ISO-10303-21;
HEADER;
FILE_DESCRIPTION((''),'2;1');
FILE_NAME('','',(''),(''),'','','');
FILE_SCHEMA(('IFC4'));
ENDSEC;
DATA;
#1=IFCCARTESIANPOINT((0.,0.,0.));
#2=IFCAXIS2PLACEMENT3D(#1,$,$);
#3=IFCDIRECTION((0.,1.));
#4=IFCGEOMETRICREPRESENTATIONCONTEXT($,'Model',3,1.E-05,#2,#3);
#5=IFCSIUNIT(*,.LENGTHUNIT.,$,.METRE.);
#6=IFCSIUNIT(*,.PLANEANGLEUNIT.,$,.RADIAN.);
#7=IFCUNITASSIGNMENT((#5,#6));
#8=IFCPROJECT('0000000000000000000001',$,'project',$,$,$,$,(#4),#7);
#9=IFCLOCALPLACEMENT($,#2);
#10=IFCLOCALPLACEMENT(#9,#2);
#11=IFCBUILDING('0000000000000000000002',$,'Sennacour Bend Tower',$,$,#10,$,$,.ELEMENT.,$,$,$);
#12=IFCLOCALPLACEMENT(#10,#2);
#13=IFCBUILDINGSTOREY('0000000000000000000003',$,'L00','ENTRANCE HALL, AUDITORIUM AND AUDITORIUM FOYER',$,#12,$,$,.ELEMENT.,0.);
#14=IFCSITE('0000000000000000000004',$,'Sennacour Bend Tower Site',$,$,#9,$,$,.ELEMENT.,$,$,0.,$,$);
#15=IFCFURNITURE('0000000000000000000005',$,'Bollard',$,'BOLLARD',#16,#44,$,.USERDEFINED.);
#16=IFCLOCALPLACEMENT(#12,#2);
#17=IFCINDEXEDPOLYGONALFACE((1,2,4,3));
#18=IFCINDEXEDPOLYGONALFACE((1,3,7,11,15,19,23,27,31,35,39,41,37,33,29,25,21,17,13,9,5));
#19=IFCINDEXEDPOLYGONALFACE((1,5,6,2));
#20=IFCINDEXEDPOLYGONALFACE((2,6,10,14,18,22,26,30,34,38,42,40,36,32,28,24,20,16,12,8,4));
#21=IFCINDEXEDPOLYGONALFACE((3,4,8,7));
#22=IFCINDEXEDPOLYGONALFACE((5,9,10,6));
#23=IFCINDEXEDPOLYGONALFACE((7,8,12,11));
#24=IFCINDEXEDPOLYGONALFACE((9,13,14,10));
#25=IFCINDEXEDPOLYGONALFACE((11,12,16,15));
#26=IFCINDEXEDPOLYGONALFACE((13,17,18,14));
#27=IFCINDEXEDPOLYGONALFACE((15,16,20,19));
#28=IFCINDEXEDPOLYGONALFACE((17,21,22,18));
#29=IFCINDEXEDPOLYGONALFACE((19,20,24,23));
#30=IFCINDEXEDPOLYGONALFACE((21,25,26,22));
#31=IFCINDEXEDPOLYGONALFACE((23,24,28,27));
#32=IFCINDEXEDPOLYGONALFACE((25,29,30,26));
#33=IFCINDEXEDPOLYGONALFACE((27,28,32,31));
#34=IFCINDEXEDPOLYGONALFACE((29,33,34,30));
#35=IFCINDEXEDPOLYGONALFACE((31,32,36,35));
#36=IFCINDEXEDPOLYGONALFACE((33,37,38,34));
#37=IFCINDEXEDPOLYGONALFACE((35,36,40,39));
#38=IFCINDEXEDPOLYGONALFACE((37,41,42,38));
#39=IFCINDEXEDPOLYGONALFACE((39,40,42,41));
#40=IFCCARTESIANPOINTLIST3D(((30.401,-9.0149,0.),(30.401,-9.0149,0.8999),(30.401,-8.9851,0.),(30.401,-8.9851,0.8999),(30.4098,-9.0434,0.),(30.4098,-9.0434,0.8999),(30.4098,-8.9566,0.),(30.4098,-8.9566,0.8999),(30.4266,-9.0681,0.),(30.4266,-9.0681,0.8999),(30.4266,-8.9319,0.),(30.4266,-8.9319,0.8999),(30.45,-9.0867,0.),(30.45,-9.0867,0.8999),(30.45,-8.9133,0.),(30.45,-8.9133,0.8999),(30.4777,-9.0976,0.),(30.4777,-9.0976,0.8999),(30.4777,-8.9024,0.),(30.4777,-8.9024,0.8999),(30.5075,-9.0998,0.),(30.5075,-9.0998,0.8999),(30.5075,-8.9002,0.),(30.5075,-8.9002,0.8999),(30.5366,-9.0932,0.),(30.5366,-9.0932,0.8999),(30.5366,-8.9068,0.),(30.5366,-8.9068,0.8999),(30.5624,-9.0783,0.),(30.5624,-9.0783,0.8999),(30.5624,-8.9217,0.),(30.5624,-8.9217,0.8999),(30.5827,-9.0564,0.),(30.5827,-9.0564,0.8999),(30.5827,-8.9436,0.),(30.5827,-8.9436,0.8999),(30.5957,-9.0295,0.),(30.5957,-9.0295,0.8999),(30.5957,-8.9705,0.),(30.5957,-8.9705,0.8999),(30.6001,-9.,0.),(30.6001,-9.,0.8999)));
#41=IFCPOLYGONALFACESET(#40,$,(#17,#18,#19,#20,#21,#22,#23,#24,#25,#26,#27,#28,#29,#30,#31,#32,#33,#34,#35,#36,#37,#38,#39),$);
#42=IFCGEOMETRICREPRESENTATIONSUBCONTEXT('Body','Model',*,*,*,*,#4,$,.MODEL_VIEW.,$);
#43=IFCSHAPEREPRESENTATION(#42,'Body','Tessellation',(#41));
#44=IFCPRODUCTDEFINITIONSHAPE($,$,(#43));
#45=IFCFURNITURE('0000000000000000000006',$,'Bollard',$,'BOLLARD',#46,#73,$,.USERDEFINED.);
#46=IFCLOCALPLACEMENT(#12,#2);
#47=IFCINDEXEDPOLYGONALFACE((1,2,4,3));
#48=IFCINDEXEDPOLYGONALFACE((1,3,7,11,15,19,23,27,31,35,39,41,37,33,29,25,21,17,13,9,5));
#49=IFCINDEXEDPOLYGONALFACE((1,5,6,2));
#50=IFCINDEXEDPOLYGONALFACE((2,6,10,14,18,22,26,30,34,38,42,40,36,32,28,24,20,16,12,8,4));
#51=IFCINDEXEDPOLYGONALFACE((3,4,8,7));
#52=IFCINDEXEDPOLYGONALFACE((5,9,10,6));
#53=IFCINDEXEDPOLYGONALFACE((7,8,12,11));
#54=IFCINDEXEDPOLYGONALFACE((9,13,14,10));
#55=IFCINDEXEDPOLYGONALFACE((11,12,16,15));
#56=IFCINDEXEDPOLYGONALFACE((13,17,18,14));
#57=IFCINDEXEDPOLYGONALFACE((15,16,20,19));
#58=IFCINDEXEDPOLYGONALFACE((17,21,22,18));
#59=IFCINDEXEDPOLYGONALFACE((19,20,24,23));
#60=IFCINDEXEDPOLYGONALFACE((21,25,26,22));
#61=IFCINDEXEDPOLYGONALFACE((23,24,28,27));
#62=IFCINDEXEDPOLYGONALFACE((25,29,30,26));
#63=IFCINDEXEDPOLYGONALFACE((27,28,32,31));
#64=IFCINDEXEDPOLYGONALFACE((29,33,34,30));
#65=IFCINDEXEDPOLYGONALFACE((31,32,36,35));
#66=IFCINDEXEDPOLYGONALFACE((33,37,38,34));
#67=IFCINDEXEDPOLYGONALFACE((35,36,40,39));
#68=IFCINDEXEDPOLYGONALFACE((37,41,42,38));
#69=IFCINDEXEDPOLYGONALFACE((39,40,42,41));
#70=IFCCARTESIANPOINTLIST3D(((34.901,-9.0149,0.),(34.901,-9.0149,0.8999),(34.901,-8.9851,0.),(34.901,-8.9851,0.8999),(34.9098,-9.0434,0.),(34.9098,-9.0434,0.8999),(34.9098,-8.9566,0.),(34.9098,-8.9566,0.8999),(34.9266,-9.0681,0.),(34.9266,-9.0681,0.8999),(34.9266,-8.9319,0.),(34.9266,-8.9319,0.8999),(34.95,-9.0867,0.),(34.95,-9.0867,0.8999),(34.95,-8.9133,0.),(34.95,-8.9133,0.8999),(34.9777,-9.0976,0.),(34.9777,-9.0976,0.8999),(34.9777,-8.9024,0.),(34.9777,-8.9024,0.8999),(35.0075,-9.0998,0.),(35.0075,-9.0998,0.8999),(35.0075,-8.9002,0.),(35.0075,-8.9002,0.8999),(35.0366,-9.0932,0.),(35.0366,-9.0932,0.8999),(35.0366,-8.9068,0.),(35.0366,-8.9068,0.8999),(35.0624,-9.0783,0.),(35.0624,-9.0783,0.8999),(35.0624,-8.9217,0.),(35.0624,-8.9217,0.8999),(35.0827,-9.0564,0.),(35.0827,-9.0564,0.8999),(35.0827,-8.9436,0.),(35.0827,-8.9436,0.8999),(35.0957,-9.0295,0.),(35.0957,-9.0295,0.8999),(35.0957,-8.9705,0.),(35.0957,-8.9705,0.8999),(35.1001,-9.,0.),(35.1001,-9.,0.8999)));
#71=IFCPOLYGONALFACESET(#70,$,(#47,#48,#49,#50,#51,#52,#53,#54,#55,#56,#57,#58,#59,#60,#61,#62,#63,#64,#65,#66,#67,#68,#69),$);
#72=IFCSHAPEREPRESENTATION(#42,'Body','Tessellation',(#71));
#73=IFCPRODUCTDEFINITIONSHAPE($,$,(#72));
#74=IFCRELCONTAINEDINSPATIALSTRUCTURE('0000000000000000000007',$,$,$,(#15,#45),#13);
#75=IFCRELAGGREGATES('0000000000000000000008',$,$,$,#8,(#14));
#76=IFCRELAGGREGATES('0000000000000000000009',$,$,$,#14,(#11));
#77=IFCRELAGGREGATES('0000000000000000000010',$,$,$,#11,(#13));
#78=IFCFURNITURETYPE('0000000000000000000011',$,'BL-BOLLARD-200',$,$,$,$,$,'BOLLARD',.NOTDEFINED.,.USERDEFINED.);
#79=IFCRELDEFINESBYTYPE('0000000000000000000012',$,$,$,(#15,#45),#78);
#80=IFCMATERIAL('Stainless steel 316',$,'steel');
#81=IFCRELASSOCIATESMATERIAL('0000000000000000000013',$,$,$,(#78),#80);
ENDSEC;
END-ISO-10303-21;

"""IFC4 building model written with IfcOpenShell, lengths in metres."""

from ifc_helpers import new_model, si_unit, direction, frame, origin, origin_2d, place, context, subcontext, project, spatial, circle, extrude, material, type_object, element, save


model = new_model("IFC4")

# Units and contexts
model_context = context("Model", 3, precision=1e-05, world=origin(), true_north=direction((0.0, 1.0)))
body_context = subcontext(model_context, "Body", "Model", "MODEL_VIEW")
ifc_project = project(units=[si_unit("LENGTHUNIT", "METRE"), si_unit("PLANEANGLEUNIT", "RADIAN")], contexts=[model_context])

# Site, building, storey
site_placement = place(None, origin())
site = spatial("IfcSite", under=ifc_project, at=site_placement, Name="Sennacour Bend Tower Site", CompositionType="ELEMENT", RefElevation=0.0)
building_placement = place(site_placement, origin())
building = spatial("IfcBuilding", under=site, at=building_placement, Name="Sennacour Bend Tower", CompositionType="ELEMENT")
storey_placement = place(building_placement, origin())
storey = spatial("IfcBuildingStorey", under=building, at=storey_placement, Name="L00", Description="ENTRANCE HALL, AUDITORIUM AND AUDITORIUM FOYER", CompositionType="ELEMENT", Elevation=0.0)

# Furniture
ifc_material_1 = material(Name="Stainless steel 316", Category="steel")
furniture_type = type_object("IfcFurnitureType", Name="BL-BOLLARD-200", ElementType="BOLLARD", AssemblyPlace="NOTDEFINED", PredefinedType="USERDEFINED", material=ifc_material_1)
for number, where, z_axis, x_axis, name in (
    (1, (30.5, -9.0, 0.8999), (0.0, 0.0, -1.0), (1.0, 0.0, 0.0), "Bollard"),
    (2, (35.0, -9.0, 0.8999), (0.0, 0.0, -1.0), (1.0, 0.0, 0.0), "Bollard"),
):
    element("IfcFurniture", number, at=place(storey_placement, frame(where, z_axis=z_axis, x_axis=x_axis)), inside=storey, type_object=furniture_type, Name=name, ObjectType="BOLLARD", PredefinedType="USERDEFINED", context=body_context, shape_type="SweptSolid", body=[
        extrude(circle(Radius=0.1001, at=origin_2d()), origin(), (0.0, 0.0, 1.0), 0.8999),
    ])

save(model, "model.ifc")
